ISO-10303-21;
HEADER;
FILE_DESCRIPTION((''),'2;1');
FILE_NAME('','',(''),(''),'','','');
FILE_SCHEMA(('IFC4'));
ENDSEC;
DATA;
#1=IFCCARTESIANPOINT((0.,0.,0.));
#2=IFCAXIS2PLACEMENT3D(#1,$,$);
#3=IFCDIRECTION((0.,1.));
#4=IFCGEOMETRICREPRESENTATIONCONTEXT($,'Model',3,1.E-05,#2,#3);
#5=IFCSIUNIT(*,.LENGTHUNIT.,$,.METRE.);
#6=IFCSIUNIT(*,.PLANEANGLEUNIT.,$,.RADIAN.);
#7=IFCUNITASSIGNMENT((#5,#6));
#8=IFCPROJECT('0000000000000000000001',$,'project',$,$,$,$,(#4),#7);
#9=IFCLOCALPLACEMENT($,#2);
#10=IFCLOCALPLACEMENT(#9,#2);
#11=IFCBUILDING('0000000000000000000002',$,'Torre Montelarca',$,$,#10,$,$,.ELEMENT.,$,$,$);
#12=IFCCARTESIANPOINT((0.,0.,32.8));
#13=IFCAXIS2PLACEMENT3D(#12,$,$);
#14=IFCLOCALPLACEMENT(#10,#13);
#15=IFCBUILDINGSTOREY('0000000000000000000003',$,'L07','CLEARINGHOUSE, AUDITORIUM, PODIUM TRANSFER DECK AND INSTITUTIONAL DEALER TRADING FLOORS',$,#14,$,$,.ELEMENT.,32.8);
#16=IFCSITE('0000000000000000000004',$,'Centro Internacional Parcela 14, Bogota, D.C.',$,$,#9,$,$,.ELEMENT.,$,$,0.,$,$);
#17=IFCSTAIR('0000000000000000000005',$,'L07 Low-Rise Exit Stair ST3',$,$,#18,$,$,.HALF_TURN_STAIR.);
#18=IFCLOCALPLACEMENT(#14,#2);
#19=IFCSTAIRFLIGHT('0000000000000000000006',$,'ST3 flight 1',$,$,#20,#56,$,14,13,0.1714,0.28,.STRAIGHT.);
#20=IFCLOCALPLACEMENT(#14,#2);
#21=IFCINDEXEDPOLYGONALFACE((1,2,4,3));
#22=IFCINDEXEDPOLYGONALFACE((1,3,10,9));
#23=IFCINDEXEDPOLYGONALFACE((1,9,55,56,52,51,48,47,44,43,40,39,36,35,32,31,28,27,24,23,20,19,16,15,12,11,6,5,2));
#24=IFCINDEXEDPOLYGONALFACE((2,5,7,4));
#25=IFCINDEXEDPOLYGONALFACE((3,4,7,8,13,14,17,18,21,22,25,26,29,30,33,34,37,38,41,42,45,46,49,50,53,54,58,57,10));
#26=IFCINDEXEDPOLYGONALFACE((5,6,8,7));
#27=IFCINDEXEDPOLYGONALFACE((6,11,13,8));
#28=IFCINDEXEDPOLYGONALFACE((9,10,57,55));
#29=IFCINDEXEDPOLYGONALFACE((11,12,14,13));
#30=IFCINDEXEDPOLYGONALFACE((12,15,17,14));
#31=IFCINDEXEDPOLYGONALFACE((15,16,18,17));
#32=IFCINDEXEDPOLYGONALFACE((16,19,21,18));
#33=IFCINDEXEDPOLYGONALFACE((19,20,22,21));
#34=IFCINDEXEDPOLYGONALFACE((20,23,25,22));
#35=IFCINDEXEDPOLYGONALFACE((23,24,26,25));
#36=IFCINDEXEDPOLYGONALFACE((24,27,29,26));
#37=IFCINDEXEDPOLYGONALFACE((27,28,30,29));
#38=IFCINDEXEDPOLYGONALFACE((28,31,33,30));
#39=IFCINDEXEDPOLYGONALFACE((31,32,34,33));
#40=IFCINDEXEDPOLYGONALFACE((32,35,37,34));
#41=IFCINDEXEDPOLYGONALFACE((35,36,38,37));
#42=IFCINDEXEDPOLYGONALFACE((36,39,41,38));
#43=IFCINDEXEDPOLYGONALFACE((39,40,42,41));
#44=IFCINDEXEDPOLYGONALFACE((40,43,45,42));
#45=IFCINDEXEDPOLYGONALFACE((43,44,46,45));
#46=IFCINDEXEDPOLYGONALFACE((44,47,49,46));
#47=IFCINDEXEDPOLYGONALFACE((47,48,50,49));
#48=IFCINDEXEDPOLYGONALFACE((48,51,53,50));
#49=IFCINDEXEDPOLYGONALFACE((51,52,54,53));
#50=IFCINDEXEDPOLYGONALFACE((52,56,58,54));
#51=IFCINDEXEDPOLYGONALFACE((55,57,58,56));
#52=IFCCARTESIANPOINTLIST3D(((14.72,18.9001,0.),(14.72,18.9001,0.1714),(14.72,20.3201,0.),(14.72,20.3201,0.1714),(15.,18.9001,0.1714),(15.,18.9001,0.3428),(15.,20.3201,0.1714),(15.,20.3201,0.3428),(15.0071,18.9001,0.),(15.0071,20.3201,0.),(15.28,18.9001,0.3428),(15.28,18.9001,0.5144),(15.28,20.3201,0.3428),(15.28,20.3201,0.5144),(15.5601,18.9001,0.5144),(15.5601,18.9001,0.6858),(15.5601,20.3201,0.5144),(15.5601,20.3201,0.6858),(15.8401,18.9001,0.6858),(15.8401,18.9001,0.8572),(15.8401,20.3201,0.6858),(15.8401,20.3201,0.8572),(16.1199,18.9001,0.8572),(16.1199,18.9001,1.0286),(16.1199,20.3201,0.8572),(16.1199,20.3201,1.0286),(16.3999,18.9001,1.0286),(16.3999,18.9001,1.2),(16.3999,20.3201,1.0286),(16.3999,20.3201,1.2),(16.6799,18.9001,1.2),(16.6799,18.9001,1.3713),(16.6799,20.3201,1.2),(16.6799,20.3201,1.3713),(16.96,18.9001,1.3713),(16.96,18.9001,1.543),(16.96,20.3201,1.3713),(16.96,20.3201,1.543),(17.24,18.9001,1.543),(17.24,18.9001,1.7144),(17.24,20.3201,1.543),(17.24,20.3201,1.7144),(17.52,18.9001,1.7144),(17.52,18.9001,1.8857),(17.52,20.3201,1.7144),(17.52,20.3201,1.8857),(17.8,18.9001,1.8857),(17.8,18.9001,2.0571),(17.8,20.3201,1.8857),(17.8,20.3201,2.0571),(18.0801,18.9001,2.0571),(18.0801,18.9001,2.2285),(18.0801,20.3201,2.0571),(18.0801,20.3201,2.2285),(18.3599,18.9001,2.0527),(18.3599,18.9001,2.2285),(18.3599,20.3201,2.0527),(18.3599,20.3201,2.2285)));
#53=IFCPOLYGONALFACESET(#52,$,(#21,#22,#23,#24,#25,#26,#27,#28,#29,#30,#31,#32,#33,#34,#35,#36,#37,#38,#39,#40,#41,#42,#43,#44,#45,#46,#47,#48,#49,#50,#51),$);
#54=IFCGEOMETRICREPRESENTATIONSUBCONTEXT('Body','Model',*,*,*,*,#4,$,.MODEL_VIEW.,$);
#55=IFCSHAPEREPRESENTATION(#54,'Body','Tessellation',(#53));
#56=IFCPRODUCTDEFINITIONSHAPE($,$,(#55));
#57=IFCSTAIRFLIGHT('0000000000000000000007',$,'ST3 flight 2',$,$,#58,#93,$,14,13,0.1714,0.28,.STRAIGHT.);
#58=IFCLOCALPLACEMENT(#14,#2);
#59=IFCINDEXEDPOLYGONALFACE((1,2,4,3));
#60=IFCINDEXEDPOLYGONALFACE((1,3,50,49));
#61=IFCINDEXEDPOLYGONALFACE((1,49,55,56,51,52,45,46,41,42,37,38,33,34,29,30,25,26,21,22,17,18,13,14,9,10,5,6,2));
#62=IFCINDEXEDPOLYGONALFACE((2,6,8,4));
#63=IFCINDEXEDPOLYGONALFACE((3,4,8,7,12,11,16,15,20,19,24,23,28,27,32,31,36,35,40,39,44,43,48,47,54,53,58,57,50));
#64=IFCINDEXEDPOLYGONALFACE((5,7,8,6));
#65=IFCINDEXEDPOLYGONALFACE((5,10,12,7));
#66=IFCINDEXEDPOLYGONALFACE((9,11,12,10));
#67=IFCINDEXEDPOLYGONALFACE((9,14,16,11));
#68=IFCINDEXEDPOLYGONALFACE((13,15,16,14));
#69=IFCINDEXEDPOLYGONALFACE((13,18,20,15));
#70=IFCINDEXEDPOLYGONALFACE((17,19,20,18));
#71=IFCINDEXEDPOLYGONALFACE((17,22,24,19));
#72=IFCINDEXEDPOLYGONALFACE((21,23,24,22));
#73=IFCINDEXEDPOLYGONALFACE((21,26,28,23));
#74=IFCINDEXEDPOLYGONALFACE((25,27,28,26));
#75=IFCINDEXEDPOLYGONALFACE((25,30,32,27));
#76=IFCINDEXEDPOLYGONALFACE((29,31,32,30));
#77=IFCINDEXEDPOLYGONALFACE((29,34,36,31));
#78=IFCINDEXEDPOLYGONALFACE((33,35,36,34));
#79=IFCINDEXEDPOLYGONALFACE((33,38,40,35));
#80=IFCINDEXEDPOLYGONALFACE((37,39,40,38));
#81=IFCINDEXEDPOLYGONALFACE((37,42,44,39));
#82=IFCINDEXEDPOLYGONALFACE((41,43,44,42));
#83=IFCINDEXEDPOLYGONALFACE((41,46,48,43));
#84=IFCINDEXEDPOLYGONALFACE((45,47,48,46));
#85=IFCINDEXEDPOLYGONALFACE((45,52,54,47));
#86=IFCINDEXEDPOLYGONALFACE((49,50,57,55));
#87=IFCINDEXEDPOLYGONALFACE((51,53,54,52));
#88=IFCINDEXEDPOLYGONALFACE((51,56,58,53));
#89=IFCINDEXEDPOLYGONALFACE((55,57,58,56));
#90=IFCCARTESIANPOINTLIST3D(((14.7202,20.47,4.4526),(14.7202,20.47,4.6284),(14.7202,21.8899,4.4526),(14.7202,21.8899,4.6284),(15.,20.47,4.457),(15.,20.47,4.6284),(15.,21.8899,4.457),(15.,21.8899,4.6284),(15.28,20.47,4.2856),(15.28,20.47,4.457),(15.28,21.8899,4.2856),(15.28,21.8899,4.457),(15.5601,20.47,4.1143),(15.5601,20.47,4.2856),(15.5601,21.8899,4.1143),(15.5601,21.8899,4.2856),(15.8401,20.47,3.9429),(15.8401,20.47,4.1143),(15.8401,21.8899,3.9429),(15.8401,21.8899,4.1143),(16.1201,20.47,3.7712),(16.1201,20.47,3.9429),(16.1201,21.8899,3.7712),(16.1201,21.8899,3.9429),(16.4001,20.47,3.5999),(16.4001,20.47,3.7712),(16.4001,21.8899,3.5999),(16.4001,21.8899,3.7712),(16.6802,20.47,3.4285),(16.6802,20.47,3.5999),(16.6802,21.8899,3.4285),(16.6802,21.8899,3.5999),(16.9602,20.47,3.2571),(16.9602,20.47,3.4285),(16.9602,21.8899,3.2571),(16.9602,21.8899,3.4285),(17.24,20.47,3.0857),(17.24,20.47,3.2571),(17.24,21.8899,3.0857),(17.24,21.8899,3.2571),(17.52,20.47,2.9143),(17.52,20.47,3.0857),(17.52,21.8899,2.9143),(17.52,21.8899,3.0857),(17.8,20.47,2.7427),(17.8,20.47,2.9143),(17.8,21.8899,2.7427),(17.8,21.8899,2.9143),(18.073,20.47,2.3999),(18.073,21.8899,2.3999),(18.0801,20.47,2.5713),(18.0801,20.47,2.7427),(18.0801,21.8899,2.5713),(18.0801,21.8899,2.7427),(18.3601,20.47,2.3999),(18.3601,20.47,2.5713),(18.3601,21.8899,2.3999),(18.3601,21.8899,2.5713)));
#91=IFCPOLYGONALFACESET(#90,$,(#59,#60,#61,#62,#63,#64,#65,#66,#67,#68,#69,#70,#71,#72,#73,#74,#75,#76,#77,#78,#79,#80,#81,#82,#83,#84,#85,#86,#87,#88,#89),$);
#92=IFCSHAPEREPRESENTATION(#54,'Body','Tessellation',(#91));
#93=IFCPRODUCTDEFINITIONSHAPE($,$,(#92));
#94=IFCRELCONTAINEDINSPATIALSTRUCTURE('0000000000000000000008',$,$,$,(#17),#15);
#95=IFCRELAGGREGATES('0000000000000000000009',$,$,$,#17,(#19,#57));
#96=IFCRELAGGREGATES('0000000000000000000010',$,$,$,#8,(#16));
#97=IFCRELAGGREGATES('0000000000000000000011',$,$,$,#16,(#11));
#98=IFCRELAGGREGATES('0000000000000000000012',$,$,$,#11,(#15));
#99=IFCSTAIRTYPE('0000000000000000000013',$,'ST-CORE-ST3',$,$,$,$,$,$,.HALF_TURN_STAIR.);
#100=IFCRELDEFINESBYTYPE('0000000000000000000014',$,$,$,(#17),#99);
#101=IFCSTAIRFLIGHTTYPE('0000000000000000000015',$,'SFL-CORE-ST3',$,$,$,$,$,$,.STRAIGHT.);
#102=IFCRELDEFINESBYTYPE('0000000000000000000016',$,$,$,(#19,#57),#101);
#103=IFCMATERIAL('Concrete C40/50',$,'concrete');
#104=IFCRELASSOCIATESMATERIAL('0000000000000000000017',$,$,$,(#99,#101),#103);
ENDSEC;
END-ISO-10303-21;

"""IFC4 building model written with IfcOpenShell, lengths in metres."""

from ifc_helpers import new_model, si_unit, direction, frame, origin, place, context, subcontext, project, spatial, polyline, outline, extrude, material, type_object, element, aggregate, save


model = new_model("IFC4")

# Units and contexts
model_context = context("Model", 3, precision=1e-05, world=origin(), true_north=direction((0.0, 1.0)))
body_context = subcontext(model_context, "Body", "Model", "MODEL_VIEW")
ifc_project = project(units=[si_unit("LENGTHUNIT", "METRE"), si_unit("PLANEANGLEUNIT", "RADIAN")], contexts=[model_context])

# Site, building, storey
site_placement = place(None, origin())
site = spatial("IfcSite", under=ifc_project, at=site_placement, Name="Centro Internacional Parcela 14, Bogota, D.C.", CompositionType="ELEMENT", RefElevation=0.0)
building_placement = place(site_placement, origin())
building = spatial("IfcBuilding", under=site, at=building_placement, Name="Torre Montelarca", CompositionType="ELEMENT")
storey_placement = place(building_placement, frame((0.0, 0.0, 32.8)))
storey = spatial("IfcBuildingStorey", under=building, at=storey_placement, Name="L07", Description="CLEARINGHOUSE, AUDITORIUM, PODIUM TRANSFER DECK AND INSTITUTIONAL DEALER TRADING FLOORS", CompositionType="ELEMENT", Elevation=32.8)

# Shared definitions
ifc_material_1 = material(Name="Concrete C40/50", Category="concrete")

# Stair, stair flights
stair_type = type_object("IfcStairType", Name="ST-CORE-ST3", PredefinedType="HALF_TURN_STAIR", material=ifc_material_1)
stair_placement = place(storey_placement, origin())
stair = element("IfcStair", 1, at=stair_placement, inside=storey, type_object=stair_type, Name="L07 Low-Rise Exit Stair ST3", PredefinedType="HALF_TURN_STAIR")
stair_flight_type = type_object("IfcStairFlightType", Name="SFL-CORE-ST3", PredefinedType="STRAIGHT", material=ifc_material_1)
stair_flight_1_placement = place(storey_placement, frame((14.72, 19.6101, 0.0), z_axis=(0.0, 0.0, 1.0), x_axis=(1.0, 0.0, 0.0)))
stair_flight_1 = element("IfcStairFlight", 2, at=stair_flight_1_placement, type_object=stair_flight_type, Name="ST3 flight 1", NumberOfRisers=14, NumberOfTreads=13, PredefinedType="STRAIGHT", RiserHeight=0.1714, TreadLength=0.28, context=body_context, shape_type="SweptSolid", body=[
    extrude(outline(polyline([(0.0, 0.0), (0.0, 0.1714), (0.28, 0.1714), (0.28, 0.3428), (0.5601, 0.3428), (0.5601, 0.5144), (0.8401, 0.5144), (0.8401, 0.6858), (1.1201, 0.6858), (1.1201, 0.8572), (1.3999, 0.8572), (1.3999, 1.0286), (1.6799, 1.0286), (1.6799, 1.2), (1.96, 1.2), (1.96, 1.3713), (2.24, 1.3713), (2.24, 1.543), (2.52, 1.543), (2.52, 1.7144), (2.8, 1.7144), (2.8, 1.8857), (3.0801, 1.8857), (3.0801, 2.0571), (3.3601, 2.0571), (3.3601, 2.2285), (3.6399, 2.2285), (3.6399, 2.3999), (3.6399, 2.0527), (0.2871, 0.0), (0.0, 0.0)])), frame((0.0, 0.71, 0.0), z_axis=(0.0, -1.0, 0.0), x_axis=(1.0, 0.0, 0.0)), (0.0, 0.0, 1.0), 1.4199),
])
stair_flight_2_placement = place(storey_placement, frame((18.3601, 21.1799, 2.3999), z_axis=(0.0, 0.0, 1.0), x_axis=(-1.0, 0.0, 0.0)))
stair_flight_2 = element("IfcStairFlight", 3, at=stair_flight_2_placement, type_object=stair_flight_type, Name="ST3 flight 2", NumberOfRisers=14, NumberOfTreads=13, PredefinedType="STRAIGHT", RiserHeight=0.1714, TreadLength=0.28, context=body_context, shape_type="SweptSolid", body=[
    extrude(outline(polyline([(0.0, 0.0), (0.0, 0.1714), (0.28, 0.1714), (0.28, 0.3428), (0.5601, 0.3428), (0.5601, 0.5144), (0.8401, 0.5144), (0.8401, 0.6858), (1.1201, 0.6858), (1.1201, 0.8572), (1.3999, 0.8572), (1.3999, 1.0286), (1.6799, 1.0286), (1.6799, 1.2), (1.96, 1.2), (1.96, 1.3713), (2.24, 1.3713), (2.24, 1.543), (2.52, 1.543), (2.52, 1.7144), (2.8, 1.7144), (2.8, 1.8857), (3.0801, 1.8857), (3.0801, 2.0571), (3.3601, 2.0571), (3.3601, 2.2285), (3.6399, 2.2285), (3.6399, 2.3999), (3.6399, 2.0527), (0.2871, 0.0), (0.0, 0.0)])), frame((0.0, 0.71, 0.0), z_axis=(0.0, -1.0, 0.0), x_axis=(1.0, 0.0, 0.0)), (0.0, 0.0, 1.0), 1.4199),
])
aggregate(stair, [stair_flight_1, stair_flight_2])

save(model, "model.ifc")
